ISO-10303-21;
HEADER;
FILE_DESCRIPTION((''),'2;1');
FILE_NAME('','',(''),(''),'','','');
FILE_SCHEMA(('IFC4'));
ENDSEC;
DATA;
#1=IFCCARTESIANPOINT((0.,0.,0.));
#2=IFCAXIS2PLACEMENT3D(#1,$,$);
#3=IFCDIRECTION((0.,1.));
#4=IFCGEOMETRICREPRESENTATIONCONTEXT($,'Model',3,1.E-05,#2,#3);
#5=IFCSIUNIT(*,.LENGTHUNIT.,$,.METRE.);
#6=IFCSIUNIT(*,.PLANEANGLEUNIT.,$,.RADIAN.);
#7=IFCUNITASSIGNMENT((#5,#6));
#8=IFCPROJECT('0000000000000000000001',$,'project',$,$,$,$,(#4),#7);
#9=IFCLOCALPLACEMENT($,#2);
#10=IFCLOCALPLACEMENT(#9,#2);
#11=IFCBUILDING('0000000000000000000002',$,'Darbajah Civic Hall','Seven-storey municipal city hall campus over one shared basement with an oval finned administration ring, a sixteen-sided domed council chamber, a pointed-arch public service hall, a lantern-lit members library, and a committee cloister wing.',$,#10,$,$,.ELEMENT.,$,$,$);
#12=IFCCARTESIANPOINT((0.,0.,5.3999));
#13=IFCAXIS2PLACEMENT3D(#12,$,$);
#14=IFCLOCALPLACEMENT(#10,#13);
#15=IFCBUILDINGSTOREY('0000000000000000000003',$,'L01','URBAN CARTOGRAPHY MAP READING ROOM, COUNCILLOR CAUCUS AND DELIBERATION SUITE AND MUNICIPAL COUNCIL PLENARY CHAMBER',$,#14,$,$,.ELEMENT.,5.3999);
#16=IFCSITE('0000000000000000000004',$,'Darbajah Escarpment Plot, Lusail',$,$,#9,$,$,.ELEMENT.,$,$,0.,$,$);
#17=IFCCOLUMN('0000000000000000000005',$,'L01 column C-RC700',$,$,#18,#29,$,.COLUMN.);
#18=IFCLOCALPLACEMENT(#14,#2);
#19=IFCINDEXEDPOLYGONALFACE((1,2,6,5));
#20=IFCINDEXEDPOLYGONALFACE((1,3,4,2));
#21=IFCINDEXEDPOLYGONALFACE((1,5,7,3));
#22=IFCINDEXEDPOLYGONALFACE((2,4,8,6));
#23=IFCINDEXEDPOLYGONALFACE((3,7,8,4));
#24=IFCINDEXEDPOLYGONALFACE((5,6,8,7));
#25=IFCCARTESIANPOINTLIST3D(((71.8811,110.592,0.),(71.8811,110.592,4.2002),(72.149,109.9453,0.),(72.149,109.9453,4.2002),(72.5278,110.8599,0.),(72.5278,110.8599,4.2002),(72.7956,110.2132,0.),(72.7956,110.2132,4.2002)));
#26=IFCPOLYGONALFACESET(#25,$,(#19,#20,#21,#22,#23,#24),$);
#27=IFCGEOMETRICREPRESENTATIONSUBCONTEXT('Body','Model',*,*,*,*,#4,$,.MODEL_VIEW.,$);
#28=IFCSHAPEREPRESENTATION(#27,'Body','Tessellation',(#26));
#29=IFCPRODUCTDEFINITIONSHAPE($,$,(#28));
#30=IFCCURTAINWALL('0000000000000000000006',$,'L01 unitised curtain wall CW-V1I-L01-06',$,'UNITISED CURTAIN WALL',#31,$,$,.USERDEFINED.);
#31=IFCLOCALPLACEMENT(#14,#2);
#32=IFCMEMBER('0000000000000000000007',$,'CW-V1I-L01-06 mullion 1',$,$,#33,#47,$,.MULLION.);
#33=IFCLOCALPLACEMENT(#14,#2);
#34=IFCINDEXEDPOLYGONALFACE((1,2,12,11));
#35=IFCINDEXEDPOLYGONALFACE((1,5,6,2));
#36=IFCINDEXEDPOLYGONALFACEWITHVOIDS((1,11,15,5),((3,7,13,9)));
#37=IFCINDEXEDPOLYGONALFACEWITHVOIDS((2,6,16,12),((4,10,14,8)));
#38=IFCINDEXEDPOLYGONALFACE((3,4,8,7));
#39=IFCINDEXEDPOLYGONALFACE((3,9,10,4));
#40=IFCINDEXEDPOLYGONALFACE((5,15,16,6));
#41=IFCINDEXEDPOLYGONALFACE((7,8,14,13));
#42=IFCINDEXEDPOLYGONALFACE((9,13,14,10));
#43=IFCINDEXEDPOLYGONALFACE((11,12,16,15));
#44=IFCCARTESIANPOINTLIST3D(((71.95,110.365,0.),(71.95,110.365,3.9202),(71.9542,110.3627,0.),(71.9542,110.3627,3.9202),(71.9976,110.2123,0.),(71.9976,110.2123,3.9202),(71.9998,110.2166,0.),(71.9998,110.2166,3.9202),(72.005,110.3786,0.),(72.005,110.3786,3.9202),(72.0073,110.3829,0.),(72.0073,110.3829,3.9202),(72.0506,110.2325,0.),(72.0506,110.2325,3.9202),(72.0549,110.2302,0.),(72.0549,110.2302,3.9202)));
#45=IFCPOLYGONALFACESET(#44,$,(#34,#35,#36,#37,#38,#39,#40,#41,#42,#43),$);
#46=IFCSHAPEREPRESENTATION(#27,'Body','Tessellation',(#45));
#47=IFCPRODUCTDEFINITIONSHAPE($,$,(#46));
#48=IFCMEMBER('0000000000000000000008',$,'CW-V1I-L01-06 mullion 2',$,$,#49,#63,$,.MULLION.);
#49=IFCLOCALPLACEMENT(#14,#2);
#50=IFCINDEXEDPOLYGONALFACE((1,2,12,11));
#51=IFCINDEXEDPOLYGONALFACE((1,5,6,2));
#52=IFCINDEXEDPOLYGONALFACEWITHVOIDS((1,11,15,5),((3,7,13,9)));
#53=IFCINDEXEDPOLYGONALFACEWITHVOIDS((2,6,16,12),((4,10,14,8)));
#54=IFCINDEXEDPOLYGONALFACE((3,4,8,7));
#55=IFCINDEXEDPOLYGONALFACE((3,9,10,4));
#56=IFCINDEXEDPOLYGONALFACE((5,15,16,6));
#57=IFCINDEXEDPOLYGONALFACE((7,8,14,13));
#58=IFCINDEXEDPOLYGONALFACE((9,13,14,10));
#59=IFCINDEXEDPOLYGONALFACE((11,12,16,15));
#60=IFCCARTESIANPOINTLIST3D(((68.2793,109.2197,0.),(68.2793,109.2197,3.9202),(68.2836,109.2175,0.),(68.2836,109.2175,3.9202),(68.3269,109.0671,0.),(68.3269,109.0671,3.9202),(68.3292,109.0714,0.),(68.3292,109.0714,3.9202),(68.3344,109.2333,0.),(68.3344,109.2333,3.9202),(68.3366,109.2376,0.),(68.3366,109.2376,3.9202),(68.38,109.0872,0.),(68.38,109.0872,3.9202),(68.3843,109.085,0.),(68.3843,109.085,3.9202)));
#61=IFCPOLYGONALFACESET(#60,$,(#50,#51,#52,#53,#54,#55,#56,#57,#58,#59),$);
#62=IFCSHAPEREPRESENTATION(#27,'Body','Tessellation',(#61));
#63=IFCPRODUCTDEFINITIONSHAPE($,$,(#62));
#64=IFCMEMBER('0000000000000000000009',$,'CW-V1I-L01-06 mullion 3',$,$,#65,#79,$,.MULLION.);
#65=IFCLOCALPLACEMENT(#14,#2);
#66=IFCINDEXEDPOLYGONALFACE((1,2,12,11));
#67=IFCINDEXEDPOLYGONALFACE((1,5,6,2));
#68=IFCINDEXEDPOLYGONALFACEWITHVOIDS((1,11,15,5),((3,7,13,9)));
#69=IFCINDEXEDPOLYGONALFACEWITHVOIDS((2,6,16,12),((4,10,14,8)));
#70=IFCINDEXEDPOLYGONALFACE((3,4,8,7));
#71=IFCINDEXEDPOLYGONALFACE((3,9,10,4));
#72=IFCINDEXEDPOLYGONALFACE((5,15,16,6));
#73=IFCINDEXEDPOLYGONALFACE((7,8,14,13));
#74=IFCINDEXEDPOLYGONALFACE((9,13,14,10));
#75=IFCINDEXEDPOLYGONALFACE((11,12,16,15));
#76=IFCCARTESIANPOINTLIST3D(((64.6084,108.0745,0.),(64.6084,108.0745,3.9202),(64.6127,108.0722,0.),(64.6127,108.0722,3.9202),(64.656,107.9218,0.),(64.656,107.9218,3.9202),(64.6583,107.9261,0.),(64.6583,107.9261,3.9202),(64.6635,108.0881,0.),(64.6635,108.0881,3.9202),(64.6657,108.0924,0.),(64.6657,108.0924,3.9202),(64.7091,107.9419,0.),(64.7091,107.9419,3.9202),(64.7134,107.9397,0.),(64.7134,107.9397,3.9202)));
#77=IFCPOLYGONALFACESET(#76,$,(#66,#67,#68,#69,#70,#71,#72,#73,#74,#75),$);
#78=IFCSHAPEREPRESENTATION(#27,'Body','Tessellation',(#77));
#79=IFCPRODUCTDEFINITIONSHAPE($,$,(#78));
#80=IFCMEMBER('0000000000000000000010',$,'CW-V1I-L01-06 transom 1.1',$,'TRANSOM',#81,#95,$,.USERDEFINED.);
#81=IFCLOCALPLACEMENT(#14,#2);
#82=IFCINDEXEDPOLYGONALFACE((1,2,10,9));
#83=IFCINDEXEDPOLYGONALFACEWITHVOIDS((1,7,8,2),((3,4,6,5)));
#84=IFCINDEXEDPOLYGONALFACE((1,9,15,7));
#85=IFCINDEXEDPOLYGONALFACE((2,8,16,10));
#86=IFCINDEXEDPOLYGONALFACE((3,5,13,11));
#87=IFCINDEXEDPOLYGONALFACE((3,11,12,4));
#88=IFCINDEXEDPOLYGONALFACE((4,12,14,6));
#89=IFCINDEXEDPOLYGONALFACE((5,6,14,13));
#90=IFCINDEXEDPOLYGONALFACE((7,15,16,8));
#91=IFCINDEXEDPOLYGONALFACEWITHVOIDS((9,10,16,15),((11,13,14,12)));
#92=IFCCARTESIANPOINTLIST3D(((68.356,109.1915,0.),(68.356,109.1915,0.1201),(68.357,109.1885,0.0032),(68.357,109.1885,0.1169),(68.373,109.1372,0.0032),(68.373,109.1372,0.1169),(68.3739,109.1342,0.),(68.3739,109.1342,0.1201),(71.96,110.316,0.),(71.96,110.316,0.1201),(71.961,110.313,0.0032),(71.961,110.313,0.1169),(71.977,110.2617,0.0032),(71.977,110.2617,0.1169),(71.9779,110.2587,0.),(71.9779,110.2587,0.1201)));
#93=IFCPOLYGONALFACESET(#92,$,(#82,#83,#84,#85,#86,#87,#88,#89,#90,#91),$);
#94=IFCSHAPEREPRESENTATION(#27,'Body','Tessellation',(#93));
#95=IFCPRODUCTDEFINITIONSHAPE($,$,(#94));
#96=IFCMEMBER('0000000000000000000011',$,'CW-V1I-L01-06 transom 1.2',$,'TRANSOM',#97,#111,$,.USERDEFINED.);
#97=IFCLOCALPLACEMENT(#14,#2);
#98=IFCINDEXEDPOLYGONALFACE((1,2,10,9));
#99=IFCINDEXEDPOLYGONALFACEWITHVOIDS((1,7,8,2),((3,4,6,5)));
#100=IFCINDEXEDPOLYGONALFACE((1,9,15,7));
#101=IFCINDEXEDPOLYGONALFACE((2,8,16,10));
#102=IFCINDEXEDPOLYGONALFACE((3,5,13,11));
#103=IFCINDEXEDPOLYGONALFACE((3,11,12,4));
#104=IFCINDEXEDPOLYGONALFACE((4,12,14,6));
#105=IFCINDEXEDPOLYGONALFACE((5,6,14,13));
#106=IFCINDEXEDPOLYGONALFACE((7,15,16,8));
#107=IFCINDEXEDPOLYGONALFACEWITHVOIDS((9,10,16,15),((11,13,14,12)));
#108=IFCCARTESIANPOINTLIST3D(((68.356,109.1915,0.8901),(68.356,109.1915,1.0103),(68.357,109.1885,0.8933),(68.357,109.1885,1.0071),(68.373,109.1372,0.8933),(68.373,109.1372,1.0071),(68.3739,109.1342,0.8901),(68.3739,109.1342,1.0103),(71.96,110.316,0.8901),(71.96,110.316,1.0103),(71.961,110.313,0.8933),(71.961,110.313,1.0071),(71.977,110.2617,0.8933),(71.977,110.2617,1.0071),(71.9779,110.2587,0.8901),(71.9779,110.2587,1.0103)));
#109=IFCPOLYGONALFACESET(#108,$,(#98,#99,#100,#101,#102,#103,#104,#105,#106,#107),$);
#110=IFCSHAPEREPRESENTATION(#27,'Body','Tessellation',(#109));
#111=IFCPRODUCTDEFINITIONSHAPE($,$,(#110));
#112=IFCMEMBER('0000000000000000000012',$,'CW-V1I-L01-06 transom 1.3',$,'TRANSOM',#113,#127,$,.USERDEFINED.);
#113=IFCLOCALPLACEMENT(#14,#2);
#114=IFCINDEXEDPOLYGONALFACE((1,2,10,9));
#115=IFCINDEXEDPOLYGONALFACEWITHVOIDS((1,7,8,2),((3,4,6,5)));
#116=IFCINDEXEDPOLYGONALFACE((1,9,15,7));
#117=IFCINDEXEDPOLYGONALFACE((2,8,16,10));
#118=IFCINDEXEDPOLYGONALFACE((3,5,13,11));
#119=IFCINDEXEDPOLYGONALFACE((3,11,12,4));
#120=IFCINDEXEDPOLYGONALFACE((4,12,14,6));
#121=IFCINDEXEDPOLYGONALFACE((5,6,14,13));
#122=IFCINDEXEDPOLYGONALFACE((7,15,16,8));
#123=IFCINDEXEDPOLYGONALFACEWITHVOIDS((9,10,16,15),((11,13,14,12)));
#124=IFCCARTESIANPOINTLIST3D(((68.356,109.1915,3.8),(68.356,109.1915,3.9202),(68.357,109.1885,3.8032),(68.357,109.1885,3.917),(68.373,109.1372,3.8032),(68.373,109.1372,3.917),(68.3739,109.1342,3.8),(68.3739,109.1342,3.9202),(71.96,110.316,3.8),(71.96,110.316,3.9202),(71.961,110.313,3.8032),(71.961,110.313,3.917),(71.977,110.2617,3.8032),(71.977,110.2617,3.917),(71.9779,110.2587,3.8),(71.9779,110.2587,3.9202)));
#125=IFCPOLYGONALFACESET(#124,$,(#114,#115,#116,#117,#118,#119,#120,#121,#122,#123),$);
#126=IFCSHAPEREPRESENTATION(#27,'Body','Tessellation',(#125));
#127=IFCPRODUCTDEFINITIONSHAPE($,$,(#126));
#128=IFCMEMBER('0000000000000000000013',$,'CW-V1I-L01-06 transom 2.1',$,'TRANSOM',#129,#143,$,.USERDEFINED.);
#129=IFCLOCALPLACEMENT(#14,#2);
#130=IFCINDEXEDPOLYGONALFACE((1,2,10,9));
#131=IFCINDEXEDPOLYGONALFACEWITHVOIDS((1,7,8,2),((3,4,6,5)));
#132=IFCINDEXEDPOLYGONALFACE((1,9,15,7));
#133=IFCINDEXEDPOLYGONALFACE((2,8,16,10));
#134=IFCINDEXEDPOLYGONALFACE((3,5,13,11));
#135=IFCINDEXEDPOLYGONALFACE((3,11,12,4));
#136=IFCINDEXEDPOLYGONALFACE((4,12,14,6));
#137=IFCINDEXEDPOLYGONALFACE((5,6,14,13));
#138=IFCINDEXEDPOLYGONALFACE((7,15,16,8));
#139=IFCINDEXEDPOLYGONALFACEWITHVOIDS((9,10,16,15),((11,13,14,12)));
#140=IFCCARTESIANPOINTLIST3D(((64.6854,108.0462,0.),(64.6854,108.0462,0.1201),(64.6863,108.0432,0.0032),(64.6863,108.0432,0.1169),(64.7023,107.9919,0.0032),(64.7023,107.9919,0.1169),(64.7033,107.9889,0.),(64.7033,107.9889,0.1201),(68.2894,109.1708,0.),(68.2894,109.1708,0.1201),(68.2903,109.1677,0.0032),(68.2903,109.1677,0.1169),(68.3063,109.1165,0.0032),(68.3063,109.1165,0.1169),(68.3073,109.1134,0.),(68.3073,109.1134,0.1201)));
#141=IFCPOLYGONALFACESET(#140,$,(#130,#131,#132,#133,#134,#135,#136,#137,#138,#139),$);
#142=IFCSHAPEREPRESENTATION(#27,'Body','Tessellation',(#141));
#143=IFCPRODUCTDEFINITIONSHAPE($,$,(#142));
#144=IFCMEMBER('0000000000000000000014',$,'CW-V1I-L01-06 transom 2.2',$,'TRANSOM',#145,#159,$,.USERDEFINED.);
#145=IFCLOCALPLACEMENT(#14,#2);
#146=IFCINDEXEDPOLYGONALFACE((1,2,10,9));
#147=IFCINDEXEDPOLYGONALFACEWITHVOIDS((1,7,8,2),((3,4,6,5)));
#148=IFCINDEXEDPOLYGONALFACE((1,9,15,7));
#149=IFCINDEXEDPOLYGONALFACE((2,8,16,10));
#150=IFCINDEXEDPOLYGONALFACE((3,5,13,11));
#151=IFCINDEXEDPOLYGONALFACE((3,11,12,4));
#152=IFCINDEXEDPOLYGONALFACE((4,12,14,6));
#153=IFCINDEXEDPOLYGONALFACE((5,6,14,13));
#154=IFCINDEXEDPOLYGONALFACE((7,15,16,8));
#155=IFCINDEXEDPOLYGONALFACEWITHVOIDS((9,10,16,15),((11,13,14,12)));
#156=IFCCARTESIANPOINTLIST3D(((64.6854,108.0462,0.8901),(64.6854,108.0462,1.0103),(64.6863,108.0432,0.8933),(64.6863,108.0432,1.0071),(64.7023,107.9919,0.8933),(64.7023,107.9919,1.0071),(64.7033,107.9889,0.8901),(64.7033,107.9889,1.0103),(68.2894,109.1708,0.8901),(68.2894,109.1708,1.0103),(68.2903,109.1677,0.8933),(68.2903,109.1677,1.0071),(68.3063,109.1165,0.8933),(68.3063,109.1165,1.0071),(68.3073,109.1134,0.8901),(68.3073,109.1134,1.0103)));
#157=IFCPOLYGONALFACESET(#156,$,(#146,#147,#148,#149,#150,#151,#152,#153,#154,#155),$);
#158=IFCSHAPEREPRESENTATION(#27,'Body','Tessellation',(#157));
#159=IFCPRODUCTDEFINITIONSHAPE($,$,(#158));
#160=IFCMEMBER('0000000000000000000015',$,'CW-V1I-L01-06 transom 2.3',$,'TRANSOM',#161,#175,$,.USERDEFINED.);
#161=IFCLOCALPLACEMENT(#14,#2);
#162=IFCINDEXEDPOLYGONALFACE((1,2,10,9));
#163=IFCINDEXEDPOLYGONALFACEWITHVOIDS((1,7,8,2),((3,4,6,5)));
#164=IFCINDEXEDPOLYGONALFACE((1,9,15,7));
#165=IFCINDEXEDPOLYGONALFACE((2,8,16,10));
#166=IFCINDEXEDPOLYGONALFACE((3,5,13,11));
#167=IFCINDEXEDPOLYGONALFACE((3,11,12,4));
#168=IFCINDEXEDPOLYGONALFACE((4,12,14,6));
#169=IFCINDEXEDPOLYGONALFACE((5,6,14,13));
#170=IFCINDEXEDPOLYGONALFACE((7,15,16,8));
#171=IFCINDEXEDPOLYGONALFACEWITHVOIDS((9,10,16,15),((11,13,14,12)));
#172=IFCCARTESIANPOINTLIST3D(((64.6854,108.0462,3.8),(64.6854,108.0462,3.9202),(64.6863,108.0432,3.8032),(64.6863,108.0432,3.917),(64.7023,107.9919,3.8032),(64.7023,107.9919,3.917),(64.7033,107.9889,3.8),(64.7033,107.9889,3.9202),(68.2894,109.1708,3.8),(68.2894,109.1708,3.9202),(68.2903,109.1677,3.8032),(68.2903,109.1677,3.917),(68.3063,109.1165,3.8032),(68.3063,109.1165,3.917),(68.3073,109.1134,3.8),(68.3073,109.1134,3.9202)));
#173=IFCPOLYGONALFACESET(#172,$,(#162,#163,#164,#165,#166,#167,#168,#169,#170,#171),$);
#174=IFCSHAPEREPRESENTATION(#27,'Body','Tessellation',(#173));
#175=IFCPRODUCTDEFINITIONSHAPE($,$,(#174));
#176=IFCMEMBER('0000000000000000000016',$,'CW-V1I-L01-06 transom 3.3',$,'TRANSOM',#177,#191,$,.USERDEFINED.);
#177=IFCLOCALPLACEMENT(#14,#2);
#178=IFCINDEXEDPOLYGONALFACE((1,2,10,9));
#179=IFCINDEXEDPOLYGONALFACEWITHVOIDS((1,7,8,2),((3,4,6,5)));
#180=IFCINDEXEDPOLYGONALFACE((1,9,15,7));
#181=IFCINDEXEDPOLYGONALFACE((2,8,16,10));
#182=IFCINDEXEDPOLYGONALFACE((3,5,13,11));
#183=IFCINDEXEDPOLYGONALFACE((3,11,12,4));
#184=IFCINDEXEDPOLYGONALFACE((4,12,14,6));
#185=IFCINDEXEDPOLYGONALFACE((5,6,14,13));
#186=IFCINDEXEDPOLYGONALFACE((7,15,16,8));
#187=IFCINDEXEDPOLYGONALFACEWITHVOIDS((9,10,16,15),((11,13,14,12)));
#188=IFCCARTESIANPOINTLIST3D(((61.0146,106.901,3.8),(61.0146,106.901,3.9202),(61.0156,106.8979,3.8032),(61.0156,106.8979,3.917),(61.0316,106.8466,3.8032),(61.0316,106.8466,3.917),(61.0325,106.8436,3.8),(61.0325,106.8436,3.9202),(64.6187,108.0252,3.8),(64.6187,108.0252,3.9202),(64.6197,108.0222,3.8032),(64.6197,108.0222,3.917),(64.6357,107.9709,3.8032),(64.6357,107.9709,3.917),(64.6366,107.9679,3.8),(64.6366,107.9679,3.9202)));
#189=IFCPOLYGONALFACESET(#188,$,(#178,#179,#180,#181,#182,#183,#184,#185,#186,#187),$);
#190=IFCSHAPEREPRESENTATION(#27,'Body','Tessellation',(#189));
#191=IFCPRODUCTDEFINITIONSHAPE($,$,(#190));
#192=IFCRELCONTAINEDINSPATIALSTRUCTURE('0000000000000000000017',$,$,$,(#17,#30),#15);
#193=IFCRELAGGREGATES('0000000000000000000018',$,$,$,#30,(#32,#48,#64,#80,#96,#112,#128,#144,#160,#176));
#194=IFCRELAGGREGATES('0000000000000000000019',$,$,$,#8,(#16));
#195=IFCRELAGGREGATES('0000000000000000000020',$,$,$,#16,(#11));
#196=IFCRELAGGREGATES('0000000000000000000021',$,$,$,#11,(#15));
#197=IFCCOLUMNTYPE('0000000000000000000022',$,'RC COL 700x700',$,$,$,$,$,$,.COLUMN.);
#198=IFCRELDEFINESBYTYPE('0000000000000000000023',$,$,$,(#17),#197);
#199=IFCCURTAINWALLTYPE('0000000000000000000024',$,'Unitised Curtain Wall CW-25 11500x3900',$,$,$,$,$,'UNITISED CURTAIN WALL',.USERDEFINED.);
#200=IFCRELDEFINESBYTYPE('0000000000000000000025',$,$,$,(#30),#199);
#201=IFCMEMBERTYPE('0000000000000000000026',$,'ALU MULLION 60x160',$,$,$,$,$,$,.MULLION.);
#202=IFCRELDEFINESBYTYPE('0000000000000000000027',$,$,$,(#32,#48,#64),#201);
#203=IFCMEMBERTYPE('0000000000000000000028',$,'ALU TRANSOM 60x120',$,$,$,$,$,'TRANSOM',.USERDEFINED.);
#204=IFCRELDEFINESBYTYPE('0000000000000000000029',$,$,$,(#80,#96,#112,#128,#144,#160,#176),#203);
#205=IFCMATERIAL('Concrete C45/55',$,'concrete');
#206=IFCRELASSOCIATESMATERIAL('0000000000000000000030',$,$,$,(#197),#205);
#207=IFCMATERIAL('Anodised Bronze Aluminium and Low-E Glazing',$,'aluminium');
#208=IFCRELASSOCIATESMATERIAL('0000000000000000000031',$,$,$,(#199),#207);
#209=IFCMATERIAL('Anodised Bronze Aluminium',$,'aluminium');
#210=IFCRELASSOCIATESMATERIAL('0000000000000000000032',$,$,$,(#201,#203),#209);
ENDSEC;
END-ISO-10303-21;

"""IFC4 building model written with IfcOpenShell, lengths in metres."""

from ifc_helpers import new_model, si_unit, direction, frame, origin, origin_2d, place, context, subcontext, project, spatial, rectangle, hollow_rectangle, extrude, material, material_profile, profile_set, type_object, element, aggregate, save


model = new_model("IFC4")

# Units and contexts
model_context = context("Model", 3, precision=1e-05, world=origin(), true_north=direction((0.0, 1.0)))
body_context = subcontext(model_context, "Body", "Model", "MODEL_VIEW")
ifc_project = project(units=[si_unit("LENGTHUNIT", "METRE"), si_unit("PLANEANGLEUNIT", "RADIAN")], contexts=[model_context])

# Site, building, storey
site_placement = place(None, origin())
site = spatial("IfcSite", under=ifc_project, at=site_placement, Name="Darbajah Escarpment Plot, Lusail", CompositionType="ELEMENT", RefElevation=0.0)
building_placement = place(site_placement, origin())
building = spatial("IfcBuilding", under=site, at=building_placement, Name="Darbajah Civic Hall", Description="Seven-storey municipal city hall campus over one shared basement with an oval finned administration ring, a sixteen-sided domed council chamber, a pointed-arch public service hall, a lantern-lit members library, and a committee cloister wing.", CompositionType="ELEMENT")
storey_placement = place(building_placement, frame((0.0, 0.0, 5.3999)))
storey = spatial("IfcBuildingStorey", under=building, at=storey_placement, Name="L01", Description="URBAN CARTOGRAPHY MAP READING ROOM, COUNCILLOR CAUCUS AND DELIBERATION SUITE AND MUNICIPAL COUNCIL PLENARY CHAMBER", CompositionType="ELEMENT", Elevation=5.3999)

# Column
ifc_material_1 = material(Name="Concrete C45/55", Category="concrete")
ifc_material_profile_1 = material_profile(ifc_material_1, rectangle(XDim=0.7, YDim=0.7, at=origin_2d()), Name="RC COL 700x700")
ifc_profile_set_1 = profile_set([ifc_material_profile_1], Name="Concrete C45/55")
column_type = type_object("IfcColumnType", Name="RC COL 700x700", PredefinedType="COLUMN", material=ifc_profile_set_1)
column_placement = place(storey_placement, frame((72.3384, 110.4026, 0.0), z_axis=(0.0, 0.0, 1.0), x_axis=(-0.382683, 0.92388, 0.0)))
element("IfcColumn", 1, at=column_placement, inside=storey, type_object=column_type, Name="L01 column C-RC700", PredefinedType="COLUMN", context=body_context, shape_type="SweptSolid", body=[
    extrude(rectangle(XDim=0.7, YDim=0.7, at=origin_2d()), origin(), (0.0, 0.0, 1.0), 4.2002),
])

# Curtain wall, members
ifc_material_2 = material(Name="Anodised Bronze Aluminium and Low-E Glazing", Category="aluminium")
curtain_wall_type = type_object("IfcCurtainWallType", Name="Unitised Curtain Wall CW-25 11500x3900", ElementType="UNITISED CURTAIN WALL", PredefinedType="USERDEFINED", material=ifc_material_2)
curtain_wall_placement = place(storey_placement, origin())
curtain_wall = element("IfcCurtainWall", 2, at=curtain_wall_placement, inside=storey, type_object=curtain_wall_type, Name="L01 unitised curtain wall CW-V1I-L01-06", ObjectType="UNITISED CURTAIN WALL", PredefinedType="USERDEFINED")
ifc_material_3 = material(Name="Anodised Bronze Aluminium", Category="aluminium")
ifc_material_profile_2 = material_profile(ifc_material_3, hollow_rectangle(XDim=0.0601, YDim=0.1599, WallThickness=0.0034, at=origin_2d()), Name="ALU MULLION 60x160")
ifc_profile_set_2 = profile_set([ifc_material_profile_2], Name="Anodised Bronze Aluminium")
member_type_1 = type_object("IfcMemberType", Name="ALU MULLION 60x160", PredefinedType="MULLION", material=ifc_profile_set_2)
member_1_placement = place(storey_placement, frame((72.0024, 110.2976, 0.0), z_axis=(0.0, 0.0, 1.0), x_axis=(-0.954605, -0.297875, 0.0)))
member_1 = element("IfcMember", 3, at=member_1_placement, type_object=member_type_1, Name="CW-V1I-L01-06 mullion 1", PredefinedType="MULLION", context=body_context, shape_type="SweptSolid", body=[
    extrude(hollow_rectangle(XDim=0.0601, YDim=0.1599, WallThickness=0.0034, at=origin_2d()), origin(), (0.0, 0.0, 1.0), 3.9202),
])
member_2_placement = place(storey_placement, frame((68.3318, 109.1523, 0.0), z_axis=(0.0, 0.0, 1.0), x_axis=(-0.954605, -0.297875, 0.0)))
member_2 = element("IfcMember", 4, at=member_2_placement, type_object=member_type_1, Name="CW-V1I-L01-06 mullion 2", PredefinedType="MULLION", context=body_context, shape_type="SweptSolid", body=[
    extrude(hollow_rectangle(XDim=0.0601, YDim=0.1599, WallThickness=0.0034, at=origin_2d()), origin(), (0.0, 0.0, 1.0), 3.9202),
])
member_3_placement = place(storey_placement, frame((64.6609, 108.0071, 0.0), z_axis=(0.0, 0.0, 1.0), x_axis=(-0.954605, -0.297875, 0.0)))
member_3 = element("IfcMember", 5, at=member_3_placement, type_object=member_type_1, Name="CW-V1I-L01-06 mullion 3", PredefinedType="MULLION", context=body_context, shape_type="SweptSolid", body=[
    extrude(hollow_rectangle(XDim=0.0601, YDim=0.1599, WallThickness=0.0034, at=origin_2d()), origin(), (0.0, 0.0, 1.0), 3.9202),
])
ifc_material_profile_3 = material_profile(ifc_material_3, hollow_rectangle(XDim=0.0601, YDim=0.1201, WallThickness=0.0032, at=origin_2d()), Name="ALU TRANSOM 60x120")
ifc_profile_set_3 = profile_set([ifc_material_profile_3], Name="Anodised Bronze Aluminium")
member_type_2 = type_object("IfcMemberType", Name="ALU TRANSOM 60x120", ElementType="TRANSOM", PredefinedType="USERDEFINED", material=ifc_profile_set_3)
member_4_placement = place(storey_placement, frame((71.969, 110.2874, 0.0601), z_axis=(-0.954611, -0.297855, 0.0), x_axis=(0.297855, -0.954611, 0.0)))
member_4 = element("IfcMember", 6, at=member_4_placement, type_object=member_type_2, Name="CW-V1I-L01-06 transom 1.1", ObjectType="TRANSOM", PredefinedType="USERDEFINED", context=body_context, shape_type="SweptSolid", body=[
    extrude(hollow_rectangle(XDim=0.0601, YDim=0.1201, WallThickness=0.0032, at=origin_2d()), origin(), (0.0, 0.0, 1.0), 3.7754),
])
member_5_placement = place(storey_placement, frame((71.969, 110.2874, 0.9502), z_axis=(-0.954611, -0.297855, 0.0), x_axis=(0.297855, -0.954611, 0.0)))
member_5 = element("IfcMember", 7, at=member_5_placement, type_object=member_type_2, Name="CW-V1I-L01-06 transom 1.2", ObjectType="TRANSOM", PredefinedType="USERDEFINED", context=body_context, shape_type="SweptSolid", body=[
    extrude(hollow_rectangle(XDim=0.0601, YDim=0.1201, WallThickness=0.0032, at=origin_2d()), origin(), (0.0, 0.0, 1.0), 3.7754),
])
member_6_placement = place(storey_placement, frame((71.969, 110.2874, 3.8601), z_axis=(-0.954611, -0.297855, 0.0), x_axis=(0.297855, -0.954611, 0.0)))
member_6 = element("IfcMember", 8, at=member_6_placement, type_object=member_type_2, Name="CW-V1I-L01-06 transom 1.3", ObjectType="TRANSOM", PredefinedType="USERDEFINED", context=body_context, shape_type="SweptSolid", body=[
    extrude(hollow_rectangle(XDim=0.0601, YDim=0.1201, WallThickness=0.0032, at=origin_2d()), origin(), (0.0, 0.0, 1.0), 3.7754),
])
member_7_placement = place(storey_placement, frame((68.2983, 109.1421, 0.0601), z_axis=(-0.954611, -0.297855, 0.0), x_axis=(0.297855, -0.954611, 0.0)))
member_7 = element("IfcMember", 9, at=member_7_placement, type_object=member_type_2, Name="CW-V1I-L01-06 transom 2.1", ObjectType="TRANSOM", PredefinedType="USERDEFINED", context=body_context, shape_type="SweptSolid", body=[
    extrude(hollow_rectangle(XDim=0.0601, YDim=0.1201, WallThickness=0.0032, at=origin_2d()), origin(), (0.0, 0.0, 1.0), 3.7754),
])
member_8_placement = place(storey_placement, frame((68.2983, 109.1421, 0.9502), z_axis=(-0.954611, -0.297855, 0.0), x_axis=(0.297855, -0.954611, 0.0)))
member_8 = element("IfcMember", 10, at=member_8_placement, type_object=member_type_2, Name="CW-V1I-L01-06 transom 2.2", ObjectType="TRANSOM", PredefinedType="USERDEFINED", context=body_context, shape_type="SweptSolid", body=[
    extrude(hollow_rectangle(XDim=0.0601, YDim=0.1201, WallThickness=0.0032, at=origin_2d()), origin(), (0.0, 0.0, 1.0), 3.7754),
])
member_9_placement = place(storey_placement, frame((68.2983, 109.1421, 3.8601), z_axis=(-0.954611, -0.297855, 0.0), x_axis=(0.297855, -0.954611, 0.0)))
member_9 = element("IfcMember", 11, at=member_9_placement, type_object=member_type_2, Name="CW-V1I-L01-06 transom 2.3", ObjectType="TRANSOM", PredefinedType="USERDEFINED", context=body_context, shape_type="SweptSolid", body=[
    extrude(hollow_rectangle(XDim=0.0601, YDim=0.1201, WallThickness=0.0032, at=origin_2d()), origin(), (0.0, 0.0, 1.0), 3.7754),
])
member_10_placement = place(storey_placement, frame((64.6277, 107.9966, 3.8601), z_axis=(-0.954629, -0.297796, 0.0), x_axis=(0.297796, -0.954629, 0.0)))
member_10 = element("IfcMember", 12, at=member_10_placement, type_object=member_type_2, Name="CW-V1I-L01-06 transom 3.3", ObjectType="TRANSOM", PredefinedType="USERDEFINED", context=body_context, shape_type="SweptSolid", body=[
    extrude(hollow_rectangle(XDim=0.0601, YDim=0.1201, WallThickness=0.0032, at=origin_2d()), origin(), (0.0, 0.0, 1.0), 3.7754),
])

aggregate(curtain_wall, [member_1, member_2, member_3, member_4, member_5, member_6, member_7, member_8, member_9, member_10])

save(model, "model.ifc")
